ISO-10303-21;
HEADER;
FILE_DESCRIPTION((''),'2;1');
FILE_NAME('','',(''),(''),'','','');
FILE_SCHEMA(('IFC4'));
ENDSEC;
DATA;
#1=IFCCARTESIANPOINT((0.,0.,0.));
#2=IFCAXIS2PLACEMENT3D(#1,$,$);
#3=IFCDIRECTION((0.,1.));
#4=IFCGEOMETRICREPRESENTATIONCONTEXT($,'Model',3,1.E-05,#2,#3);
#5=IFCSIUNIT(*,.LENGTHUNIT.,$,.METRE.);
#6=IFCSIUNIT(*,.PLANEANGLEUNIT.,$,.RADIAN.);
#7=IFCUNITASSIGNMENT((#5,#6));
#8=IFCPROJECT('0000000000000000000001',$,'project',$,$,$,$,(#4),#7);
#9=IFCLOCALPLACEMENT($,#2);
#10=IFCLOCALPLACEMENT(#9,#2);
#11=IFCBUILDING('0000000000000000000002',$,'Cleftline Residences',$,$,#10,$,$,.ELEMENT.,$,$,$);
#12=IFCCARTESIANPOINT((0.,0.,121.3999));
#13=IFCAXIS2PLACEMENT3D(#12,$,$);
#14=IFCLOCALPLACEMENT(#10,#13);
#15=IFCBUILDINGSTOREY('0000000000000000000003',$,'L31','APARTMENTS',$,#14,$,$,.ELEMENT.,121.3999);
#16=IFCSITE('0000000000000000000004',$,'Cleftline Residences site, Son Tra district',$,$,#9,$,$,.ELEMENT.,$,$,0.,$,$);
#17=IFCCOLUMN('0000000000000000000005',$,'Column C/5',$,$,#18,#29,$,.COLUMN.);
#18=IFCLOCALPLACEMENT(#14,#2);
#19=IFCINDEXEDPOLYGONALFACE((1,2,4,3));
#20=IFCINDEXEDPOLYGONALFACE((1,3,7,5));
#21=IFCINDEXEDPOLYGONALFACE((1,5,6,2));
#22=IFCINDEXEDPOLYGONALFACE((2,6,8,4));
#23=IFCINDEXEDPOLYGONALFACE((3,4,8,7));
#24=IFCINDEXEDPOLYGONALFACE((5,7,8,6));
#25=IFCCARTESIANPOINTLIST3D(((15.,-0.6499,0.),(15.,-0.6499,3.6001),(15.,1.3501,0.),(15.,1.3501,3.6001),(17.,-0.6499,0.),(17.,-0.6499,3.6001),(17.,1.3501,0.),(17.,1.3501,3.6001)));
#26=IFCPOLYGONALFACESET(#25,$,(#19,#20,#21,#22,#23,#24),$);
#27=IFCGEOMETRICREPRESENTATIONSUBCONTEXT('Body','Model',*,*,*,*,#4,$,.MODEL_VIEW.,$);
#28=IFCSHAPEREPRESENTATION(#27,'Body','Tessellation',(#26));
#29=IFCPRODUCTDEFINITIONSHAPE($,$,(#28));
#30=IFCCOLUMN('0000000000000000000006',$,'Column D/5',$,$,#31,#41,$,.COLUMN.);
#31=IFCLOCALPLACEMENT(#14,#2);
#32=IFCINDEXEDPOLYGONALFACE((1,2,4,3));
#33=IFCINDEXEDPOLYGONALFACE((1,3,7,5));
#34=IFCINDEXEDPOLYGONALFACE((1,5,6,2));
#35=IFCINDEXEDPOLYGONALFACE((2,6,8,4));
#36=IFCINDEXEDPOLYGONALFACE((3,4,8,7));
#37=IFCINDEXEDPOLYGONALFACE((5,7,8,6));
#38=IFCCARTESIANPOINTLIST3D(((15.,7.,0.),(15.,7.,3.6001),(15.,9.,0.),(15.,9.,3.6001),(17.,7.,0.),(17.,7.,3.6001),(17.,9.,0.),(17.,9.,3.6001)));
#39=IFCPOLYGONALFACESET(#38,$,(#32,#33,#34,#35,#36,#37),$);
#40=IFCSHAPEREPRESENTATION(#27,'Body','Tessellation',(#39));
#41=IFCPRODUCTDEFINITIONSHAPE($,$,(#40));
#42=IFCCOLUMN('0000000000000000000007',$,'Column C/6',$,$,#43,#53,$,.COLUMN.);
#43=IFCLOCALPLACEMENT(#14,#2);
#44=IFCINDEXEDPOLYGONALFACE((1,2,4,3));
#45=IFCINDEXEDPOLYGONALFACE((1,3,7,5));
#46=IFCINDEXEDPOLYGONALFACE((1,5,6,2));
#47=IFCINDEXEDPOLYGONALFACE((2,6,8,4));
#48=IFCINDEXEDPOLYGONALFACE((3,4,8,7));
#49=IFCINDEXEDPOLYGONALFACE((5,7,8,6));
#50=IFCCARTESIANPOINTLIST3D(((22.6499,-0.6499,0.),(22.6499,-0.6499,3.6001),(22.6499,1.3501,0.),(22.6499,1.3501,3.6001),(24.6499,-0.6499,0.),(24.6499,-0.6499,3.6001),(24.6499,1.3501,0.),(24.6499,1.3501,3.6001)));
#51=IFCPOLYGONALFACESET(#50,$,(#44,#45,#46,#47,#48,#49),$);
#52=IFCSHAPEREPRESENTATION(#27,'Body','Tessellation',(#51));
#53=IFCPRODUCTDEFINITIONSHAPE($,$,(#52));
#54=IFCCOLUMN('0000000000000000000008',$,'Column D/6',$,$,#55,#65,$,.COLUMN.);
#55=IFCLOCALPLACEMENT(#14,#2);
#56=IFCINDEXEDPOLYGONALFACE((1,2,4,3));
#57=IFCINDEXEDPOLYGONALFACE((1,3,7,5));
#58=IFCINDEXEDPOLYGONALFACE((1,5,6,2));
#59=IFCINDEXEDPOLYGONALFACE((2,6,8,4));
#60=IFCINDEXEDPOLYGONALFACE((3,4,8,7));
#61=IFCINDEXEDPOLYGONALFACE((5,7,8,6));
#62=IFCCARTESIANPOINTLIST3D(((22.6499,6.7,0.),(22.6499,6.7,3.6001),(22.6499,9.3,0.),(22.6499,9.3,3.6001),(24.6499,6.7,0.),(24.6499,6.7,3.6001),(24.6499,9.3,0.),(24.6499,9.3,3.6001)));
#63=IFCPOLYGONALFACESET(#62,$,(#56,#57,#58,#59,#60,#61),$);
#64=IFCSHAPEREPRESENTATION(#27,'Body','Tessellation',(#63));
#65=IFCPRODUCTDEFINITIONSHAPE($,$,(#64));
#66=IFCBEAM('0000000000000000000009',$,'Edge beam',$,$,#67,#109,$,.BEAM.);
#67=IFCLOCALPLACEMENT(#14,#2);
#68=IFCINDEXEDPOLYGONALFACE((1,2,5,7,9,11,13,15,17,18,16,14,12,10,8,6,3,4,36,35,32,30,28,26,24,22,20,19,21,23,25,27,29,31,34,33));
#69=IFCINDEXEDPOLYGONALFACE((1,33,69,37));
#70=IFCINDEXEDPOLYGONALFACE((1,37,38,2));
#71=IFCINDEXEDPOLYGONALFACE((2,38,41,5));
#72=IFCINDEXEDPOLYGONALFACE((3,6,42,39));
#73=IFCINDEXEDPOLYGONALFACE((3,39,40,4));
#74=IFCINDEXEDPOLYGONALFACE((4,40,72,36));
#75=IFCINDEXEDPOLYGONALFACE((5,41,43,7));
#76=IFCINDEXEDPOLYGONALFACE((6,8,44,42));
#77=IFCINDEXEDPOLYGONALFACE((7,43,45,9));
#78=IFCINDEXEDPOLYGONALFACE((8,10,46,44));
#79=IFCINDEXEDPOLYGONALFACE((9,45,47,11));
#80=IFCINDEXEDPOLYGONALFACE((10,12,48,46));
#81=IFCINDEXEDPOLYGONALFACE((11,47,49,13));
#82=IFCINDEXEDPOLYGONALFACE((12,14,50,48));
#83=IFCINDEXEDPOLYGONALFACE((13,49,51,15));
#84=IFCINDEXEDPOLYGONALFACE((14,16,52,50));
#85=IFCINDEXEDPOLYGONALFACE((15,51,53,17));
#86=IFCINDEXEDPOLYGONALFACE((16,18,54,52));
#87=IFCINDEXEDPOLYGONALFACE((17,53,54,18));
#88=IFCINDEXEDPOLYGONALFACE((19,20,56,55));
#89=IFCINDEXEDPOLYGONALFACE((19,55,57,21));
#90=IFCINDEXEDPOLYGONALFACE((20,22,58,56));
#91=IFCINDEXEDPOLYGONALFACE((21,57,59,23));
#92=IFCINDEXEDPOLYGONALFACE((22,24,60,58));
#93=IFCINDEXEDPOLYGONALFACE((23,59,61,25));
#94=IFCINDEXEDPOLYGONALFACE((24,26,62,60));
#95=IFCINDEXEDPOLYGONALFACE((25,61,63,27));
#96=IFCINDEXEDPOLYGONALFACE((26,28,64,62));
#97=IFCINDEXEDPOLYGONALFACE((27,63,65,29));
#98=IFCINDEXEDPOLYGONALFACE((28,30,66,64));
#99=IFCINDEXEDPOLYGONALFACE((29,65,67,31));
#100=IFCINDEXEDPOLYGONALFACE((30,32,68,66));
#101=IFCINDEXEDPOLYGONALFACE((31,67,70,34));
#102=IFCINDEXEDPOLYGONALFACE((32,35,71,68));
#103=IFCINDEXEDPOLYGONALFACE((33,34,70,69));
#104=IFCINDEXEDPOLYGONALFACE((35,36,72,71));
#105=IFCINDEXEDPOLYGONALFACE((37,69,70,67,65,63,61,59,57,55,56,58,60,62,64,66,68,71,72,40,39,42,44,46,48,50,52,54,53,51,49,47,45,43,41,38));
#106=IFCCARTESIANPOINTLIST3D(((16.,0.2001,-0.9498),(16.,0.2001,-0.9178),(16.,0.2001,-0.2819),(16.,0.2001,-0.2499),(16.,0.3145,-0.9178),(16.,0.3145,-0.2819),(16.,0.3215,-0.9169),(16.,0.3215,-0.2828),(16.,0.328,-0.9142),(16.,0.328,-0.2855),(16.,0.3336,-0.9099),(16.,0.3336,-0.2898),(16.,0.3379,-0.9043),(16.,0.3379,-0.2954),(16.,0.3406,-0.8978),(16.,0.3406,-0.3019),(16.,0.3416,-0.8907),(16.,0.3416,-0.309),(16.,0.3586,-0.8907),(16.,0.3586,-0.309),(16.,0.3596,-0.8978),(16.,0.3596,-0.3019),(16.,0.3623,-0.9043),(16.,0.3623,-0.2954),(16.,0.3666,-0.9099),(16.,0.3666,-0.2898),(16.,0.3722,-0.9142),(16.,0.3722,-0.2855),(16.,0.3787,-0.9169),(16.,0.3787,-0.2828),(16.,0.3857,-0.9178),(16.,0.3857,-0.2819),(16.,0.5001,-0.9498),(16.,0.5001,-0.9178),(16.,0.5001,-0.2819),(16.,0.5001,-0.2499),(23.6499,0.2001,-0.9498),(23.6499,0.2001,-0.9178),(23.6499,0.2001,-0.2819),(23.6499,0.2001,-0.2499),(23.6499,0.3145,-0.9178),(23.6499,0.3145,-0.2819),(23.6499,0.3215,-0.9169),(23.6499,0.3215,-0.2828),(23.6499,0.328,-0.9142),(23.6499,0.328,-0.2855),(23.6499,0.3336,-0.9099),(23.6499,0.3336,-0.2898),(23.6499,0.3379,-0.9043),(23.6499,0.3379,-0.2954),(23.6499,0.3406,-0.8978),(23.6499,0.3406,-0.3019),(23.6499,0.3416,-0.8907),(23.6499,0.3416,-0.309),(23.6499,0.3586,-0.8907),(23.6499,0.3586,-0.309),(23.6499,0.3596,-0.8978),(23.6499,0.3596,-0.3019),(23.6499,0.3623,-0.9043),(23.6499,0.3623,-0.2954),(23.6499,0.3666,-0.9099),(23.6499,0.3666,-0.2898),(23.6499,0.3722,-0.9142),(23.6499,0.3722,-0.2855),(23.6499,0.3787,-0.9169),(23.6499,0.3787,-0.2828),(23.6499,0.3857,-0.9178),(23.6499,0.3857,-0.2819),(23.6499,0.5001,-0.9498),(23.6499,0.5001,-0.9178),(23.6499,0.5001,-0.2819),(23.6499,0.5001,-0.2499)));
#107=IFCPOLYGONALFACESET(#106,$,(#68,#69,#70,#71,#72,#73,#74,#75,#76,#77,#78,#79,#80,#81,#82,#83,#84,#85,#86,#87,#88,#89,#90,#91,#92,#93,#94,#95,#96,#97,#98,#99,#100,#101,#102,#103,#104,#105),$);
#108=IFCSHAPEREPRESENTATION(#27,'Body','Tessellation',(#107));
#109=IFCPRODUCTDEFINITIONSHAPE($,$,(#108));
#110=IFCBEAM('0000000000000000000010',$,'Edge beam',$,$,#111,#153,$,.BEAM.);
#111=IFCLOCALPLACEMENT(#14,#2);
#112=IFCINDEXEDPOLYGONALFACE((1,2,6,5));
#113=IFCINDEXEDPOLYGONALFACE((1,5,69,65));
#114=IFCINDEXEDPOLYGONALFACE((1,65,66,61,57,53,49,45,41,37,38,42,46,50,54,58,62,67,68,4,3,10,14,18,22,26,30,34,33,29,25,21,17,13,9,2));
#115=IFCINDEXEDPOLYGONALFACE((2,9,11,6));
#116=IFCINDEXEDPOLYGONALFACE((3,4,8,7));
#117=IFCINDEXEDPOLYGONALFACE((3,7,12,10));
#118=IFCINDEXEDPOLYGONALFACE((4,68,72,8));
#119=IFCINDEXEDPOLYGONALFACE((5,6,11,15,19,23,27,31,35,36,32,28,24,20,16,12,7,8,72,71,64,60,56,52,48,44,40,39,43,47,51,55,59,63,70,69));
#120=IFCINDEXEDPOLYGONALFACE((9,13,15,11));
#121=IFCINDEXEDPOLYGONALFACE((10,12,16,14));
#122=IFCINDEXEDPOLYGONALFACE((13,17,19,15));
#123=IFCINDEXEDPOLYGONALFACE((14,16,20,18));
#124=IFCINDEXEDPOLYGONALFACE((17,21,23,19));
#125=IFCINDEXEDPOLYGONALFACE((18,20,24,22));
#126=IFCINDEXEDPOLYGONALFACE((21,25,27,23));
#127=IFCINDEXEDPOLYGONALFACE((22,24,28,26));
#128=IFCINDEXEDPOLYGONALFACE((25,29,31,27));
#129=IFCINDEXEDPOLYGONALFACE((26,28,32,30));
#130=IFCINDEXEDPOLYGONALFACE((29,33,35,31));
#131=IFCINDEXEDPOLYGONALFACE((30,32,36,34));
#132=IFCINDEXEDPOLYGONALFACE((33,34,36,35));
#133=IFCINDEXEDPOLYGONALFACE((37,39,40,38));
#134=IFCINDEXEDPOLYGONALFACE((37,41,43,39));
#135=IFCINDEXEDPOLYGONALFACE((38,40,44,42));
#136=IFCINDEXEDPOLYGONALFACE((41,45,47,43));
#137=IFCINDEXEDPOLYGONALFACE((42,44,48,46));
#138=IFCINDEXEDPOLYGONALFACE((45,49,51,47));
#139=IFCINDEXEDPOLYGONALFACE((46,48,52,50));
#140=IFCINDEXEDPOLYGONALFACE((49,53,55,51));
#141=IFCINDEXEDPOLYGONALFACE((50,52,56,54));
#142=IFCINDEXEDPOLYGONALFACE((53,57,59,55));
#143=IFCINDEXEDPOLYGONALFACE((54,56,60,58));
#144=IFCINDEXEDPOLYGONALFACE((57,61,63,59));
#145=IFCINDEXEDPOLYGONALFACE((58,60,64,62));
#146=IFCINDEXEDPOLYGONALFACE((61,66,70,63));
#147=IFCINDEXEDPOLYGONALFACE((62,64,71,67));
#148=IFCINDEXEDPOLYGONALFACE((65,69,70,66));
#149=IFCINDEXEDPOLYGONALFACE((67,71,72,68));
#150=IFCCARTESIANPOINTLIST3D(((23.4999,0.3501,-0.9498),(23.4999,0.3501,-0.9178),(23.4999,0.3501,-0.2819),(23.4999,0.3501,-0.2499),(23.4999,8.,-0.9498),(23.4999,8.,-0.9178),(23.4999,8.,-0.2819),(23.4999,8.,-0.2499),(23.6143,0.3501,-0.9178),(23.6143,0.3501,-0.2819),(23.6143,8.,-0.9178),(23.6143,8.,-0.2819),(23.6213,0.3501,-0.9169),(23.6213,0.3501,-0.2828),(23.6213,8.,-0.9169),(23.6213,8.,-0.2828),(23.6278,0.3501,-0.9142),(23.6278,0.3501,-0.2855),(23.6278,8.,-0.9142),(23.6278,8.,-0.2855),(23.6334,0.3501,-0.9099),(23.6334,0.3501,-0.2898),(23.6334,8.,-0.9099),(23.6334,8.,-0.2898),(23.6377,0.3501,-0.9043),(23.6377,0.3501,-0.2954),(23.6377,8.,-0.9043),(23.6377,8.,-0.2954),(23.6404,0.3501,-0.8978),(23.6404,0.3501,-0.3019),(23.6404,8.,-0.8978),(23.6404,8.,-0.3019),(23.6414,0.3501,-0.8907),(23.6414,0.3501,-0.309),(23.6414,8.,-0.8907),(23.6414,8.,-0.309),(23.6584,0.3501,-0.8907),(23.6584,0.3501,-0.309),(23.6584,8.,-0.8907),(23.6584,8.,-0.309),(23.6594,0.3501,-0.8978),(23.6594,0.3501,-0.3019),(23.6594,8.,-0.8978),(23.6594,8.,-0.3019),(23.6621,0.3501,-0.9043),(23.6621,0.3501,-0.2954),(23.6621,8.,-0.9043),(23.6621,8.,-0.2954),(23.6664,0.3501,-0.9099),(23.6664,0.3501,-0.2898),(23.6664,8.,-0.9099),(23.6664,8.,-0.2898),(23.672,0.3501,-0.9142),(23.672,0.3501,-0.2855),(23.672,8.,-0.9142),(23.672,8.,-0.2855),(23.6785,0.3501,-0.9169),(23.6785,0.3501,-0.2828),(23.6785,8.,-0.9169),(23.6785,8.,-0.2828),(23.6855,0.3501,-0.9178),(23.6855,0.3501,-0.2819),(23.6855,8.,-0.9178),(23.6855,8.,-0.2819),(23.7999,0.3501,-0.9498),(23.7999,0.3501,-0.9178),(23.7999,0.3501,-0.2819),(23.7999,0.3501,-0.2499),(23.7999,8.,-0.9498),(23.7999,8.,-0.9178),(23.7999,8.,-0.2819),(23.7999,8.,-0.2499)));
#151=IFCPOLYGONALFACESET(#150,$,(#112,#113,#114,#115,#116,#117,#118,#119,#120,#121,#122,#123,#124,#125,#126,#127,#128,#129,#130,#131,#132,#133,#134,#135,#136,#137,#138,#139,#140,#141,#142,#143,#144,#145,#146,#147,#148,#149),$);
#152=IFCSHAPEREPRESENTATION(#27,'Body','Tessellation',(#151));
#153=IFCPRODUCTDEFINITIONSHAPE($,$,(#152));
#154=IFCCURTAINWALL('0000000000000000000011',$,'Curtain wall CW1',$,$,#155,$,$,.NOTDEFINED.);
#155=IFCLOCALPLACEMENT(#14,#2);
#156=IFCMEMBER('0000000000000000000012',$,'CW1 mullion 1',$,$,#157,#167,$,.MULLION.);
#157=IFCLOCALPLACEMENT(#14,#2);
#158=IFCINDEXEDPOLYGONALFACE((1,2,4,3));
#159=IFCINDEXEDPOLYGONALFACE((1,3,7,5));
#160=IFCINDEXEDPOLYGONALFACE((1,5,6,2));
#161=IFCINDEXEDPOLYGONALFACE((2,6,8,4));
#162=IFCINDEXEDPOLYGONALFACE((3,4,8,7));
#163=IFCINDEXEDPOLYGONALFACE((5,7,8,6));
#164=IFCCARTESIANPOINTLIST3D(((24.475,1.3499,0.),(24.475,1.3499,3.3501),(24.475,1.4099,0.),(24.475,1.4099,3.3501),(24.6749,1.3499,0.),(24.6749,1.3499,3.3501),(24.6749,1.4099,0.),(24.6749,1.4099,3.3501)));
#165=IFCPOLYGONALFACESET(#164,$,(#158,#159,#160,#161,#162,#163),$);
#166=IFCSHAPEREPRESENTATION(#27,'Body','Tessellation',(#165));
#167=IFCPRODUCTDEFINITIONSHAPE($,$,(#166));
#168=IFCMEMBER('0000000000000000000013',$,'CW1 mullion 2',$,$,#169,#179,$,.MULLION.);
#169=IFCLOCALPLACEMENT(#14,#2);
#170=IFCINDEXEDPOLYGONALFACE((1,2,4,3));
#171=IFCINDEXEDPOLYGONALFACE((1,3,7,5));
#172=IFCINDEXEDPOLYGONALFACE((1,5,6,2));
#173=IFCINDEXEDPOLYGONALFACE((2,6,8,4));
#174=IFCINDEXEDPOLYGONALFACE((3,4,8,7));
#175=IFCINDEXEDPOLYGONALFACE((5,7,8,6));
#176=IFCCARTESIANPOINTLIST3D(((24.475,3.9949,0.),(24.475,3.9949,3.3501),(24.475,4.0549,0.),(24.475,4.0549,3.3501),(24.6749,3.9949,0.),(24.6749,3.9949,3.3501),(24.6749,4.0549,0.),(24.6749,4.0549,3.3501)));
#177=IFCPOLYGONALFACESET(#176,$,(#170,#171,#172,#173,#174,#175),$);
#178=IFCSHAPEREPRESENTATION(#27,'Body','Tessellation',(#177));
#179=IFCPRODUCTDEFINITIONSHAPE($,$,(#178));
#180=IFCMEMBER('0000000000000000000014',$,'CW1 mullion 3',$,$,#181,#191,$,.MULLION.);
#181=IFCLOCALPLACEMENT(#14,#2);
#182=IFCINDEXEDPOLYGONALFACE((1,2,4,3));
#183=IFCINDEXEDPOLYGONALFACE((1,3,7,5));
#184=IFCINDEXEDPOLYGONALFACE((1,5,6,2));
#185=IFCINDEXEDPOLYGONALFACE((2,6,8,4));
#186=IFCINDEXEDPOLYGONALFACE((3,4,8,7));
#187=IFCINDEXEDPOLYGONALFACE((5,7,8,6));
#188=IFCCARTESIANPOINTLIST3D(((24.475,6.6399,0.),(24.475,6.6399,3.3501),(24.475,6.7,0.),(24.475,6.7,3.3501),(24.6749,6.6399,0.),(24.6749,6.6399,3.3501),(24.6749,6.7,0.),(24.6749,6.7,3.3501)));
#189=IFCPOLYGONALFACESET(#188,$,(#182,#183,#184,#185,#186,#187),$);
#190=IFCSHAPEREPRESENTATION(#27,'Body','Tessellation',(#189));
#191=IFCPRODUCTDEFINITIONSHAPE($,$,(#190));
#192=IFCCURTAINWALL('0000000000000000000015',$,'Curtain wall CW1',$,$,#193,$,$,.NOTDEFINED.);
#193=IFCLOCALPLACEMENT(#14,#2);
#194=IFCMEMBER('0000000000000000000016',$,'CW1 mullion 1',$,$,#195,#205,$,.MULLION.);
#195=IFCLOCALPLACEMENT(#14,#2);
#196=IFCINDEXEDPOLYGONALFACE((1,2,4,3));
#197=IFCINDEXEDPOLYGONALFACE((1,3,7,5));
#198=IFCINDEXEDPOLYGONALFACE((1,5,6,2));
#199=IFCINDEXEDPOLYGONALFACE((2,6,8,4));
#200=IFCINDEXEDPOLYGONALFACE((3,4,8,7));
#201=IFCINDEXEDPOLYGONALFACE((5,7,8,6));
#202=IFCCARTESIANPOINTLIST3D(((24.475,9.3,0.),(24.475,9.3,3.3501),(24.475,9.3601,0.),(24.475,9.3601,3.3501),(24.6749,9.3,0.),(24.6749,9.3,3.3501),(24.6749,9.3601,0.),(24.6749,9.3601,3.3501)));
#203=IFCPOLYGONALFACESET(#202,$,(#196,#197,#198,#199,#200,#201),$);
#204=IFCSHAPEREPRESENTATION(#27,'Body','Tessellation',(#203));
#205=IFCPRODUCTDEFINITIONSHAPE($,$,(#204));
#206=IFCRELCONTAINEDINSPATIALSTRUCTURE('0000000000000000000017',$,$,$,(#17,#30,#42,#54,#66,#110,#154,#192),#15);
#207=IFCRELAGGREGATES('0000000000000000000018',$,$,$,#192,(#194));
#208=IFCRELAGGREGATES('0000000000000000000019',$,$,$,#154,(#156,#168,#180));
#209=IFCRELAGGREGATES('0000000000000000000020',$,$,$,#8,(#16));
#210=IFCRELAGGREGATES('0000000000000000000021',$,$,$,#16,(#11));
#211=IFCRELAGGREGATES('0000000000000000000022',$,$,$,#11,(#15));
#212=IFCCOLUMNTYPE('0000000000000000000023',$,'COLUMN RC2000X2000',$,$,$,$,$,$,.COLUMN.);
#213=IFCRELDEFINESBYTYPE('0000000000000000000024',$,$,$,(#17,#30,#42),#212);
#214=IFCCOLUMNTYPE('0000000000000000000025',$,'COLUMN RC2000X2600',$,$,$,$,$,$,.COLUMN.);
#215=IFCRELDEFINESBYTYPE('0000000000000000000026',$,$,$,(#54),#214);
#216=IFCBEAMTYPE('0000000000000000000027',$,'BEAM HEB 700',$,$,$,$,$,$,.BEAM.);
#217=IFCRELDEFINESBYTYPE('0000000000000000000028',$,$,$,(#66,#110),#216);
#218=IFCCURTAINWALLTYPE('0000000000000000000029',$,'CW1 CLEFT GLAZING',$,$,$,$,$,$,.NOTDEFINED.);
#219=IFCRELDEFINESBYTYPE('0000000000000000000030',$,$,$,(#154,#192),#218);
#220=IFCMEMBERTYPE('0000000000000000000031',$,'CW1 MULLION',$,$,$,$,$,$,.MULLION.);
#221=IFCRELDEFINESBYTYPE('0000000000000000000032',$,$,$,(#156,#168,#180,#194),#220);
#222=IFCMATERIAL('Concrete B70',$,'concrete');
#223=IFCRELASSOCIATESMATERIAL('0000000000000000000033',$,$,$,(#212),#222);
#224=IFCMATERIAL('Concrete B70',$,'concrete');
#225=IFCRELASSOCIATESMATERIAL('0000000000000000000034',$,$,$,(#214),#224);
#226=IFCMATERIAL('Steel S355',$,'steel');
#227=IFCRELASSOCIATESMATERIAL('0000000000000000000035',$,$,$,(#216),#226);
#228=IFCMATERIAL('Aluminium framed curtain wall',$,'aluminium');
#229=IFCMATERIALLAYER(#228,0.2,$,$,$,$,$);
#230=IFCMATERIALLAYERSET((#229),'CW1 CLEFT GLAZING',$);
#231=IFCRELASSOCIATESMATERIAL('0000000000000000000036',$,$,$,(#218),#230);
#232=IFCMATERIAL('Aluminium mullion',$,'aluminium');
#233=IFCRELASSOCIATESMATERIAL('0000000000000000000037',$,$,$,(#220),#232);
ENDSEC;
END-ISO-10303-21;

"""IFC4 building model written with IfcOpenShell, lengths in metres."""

from ifc_helpers import new_model, si_unit, direction, frame, origin, origin_2d, place, context, subcontext, project, spatial, rectangle, i_section, extrude, material, layer, layer_set, material_profile, profile_set, type_object, element, aggregate, save


model = new_model("IFC4")

# Units and contexts
model_context = context("Model", 3, precision=1e-05, world=origin(), true_north=direction((0.0, 1.0)))
body_context = subcontext(model_context, "Body", "Model", "MODEL_VIEW")
ifc_project = project(units=[si_unit("LENGTHUNIT", "METRE"), si_unit("PLANEANGLEUNIT", "RADIAN")], contexts=[model_context])

# Site, building, storey
site_placement = place(None, origin())
site = spatial("IfcSite", under=ifc_project, at=site_placement, Name="Cleftline Residences site, Son Tra district", CompositionType="ELEMENT", RefElevation=0.0)
building_placement = place(site_placement, origin())
building = spatial("IfcBuilding", under=site, at=building_placement, Name="Cleftline Residences", CompositionType="ELEMENT")
storey_placement = place(building_placement, frame((0.0, 0.0, 121.3999)))
storey = spatial("IfcBuildingStorey", under=building, at=storey_placement, Name="L31", Description="APARTMENTS", CompositionType="ELEMENT", Elevation=121.3999)

# Columns
ifc_material_1 = material(Name="Concrete B70", Category="concrete")
ifc_material_profile_1 = material_profile(ifc_material_1, rectangle(XDim=2.0, YDim=2.0, at=origin_2d()))
ifc_profile_set_1 = profile_set([ifc_material_profile_1], Name="Concrete B70")
column_type_1 = type_object("IfcColumnType", Name="COLUMN RC2000X2000", PredefinedType="COLUMN", material=ifc_profile_set_1)
for number, where, z_axis, x_axis, name in (
    (1, (16.0, 0.3501, 0.0), (0.0, 0.0, 1.0), (1.0, 0.0, 0.0), "Column C/5"),
    (2, (16.0, 8.0, 0.0), (0.0, 0.0, 1.0), (1.0, 0.0, 0.0), "Column D/5"),
    (3, (23.6499, 0.3501, 0.0), (0.0, 0.0, 1.0), (1.0, 0.0, 0.0), "Column C/6"),
):
    element("IfcColumn", number, at=place(storey_placement, frame(where, z_axis=z_axis, x_axis=x_axis)), inside=storey, type_object=column_type_1, Name=name, PredefinedType="COLUMN", context=body_context, shape_type="SweptSolid", body=[
        extrude(rectangle(XDim=2.0, YDim=2.0, at=origin_2d()), origin(), (0.0, 0.0, 1.0), 3.6001),
    ])
ifc_material_2 = material(Name="Concrete B70", Category="concrete")
ifc_material_profile_2 = material_profile(ifc_material_2, rectangle(XDim=2.0, YDim=2.6001, at=origin_2d()))
ifc_profile_set_2 = profile_set([ifc_material_profile_2], Name="Concrete B70")
column_type_2 = type_object("IfcColumnType", Name="COLUMN RC2000X2600", PredefinedType="COLUMN", material=ifc_profile_set_2)
column_placement = place(storey_placement, frame((23.6499, 8.0, 0.0), z_axis=(0.0, 0.0, 1.0), x_axis=(1.0, 0.0, 0.0)))
element("IfcColumn", 4, at=column_placement, inside=storey, type_object=column_type_2, Name="Column D/6", PredefinedType="COLUMN", context=body_context, shape_type="SweptSolid", body=[
    extrude(rectangle(XDim=2.0, YDim=2.6001, at=origin_2d()), origin(), (0.0, 0.0, 1.0), 3.6001),
])

# Beams
ifc_material_3 = material(Name="Steel S355", Category="steel")
ifc_material_profile_3 = material_profile(ifc_material_3, i_section(OverallWidth=0.3, OverallDepth=0.7, WebThickness=0.0171, FlangeThickness=0.032, FilletRadius=0.0271, at=origin_2d()))
ifc_profile_set_3 = profile_set([ifc_material_profile_3], Name="Steel S355")
beam_type = type_object("IfcBeamType", Name="BEAM HEB 700", PredefinedType="BEAM", material=ifc_profile_set_3)
for number, where, z_axis, x_axis, name in (
    (5, (16.0, 0.3501, -0.5999), (1.0, 0.0, 0.0), (0.0, 1.0, 0.0), "Edge beam"),
    (6, (23.6499, 0.3501, -0.5999), (0.0, 1.0, 0.0), (-1.0, 0.0, 0.0), "Edge beam"),
):
    element("IfcBeam", number, at=place(storey_placement, frame(where, z_axis=z_axis, x_axis=x_axis)), inside=storey, type_object=beam_type, Name=name, PredefinedType="BEAM", context=body_context, shape_type="SweptSolid", body=[
        extrude(i_section(OverallWidth=0.3, OverallDepth=0.7, WebThickness=0.0171, FlangeThickness=0.032, FilletRadius=0.0271, at=origin_2d()), origin(), (0.0, 0.0, 1.0), 7.6499),
    ])

# Curtain wall, members
ifc_material_4 = material(Name="Aluminium framed curtain wall", Category="aluminium")
ifc_layer_1 = layer(ifc_material_4, 0.2)
ifc_layer_set_1 = layer_set([ifc_layer_1], Name="CW1 CLEFT GLAZING")
curtain_wall_type = type_object("IfcCurtainWallType", Name="CW1 CLEFT GLAZING", PredefinedType="NOTDEFINED", material=ifc_layer_set_1)
curtain_wall_1_placement = place(storey_placement, origin())
curtain_wall_1 = element("IfcCurtainWall", 7, at=curtain_wall_1_placement, inside=storey, type_object=curtain_wall_type, Name="Curtain wall CW1", PredefinedType="NOTDEFINED")
ifc_material_5 = material(Name="Aluminium mullion", Category="aluminium")
ifc_material_profile_4 = material_profile(ifc_material_5, rectangle(XDim=0.2, YDim=0.0601, at=origin_2d()))
ifc_profile_set_4 = profile_set([ifc_material_profile_4], Name="Aluminium mullion")
member_type_1 = type_object("IfcMemberType", Name="CW1 MULLION", PredefinedType="MULLION", material=ifc_profile_set_4)
member_1_placement = place(storey_placement, frame((24.575, 1.3799, 0.0), z_axis=(0.0, 0.0, 1.0), x_axis=(-1.0, 0.0, 0.0)))
member_1 = element("IfcMember", 8, at=member_1_placement, type_object=member_type_1, Name="CW1 mullion 1", PredefinedType="MULLION", context=body_context, shape_type="SweptSolid", body=[
    extrude(rectangle(XDim=0.2, YDim=0.0601, at=origin_2d()), origin(), (0.0, 0.0, 1.0), 3.3501),
])
member_2_placement = place(storey_placement, frame((24.575, 4.0249, 0.0), z_axis=(0.0, 0.0, 1.0), x_axis=(-1.0, 0.0, 0.0)))
member_2 = element("IfcMember", 9, at=member_2_placement, type_object=member_type_1, Name="CW1 mullion 2", PredefinedType="MULLION", context=body_context, shape_type="SweptSolid", body=[
    extrude(rectangle(XDim=0.2, YDim=0.0601, at=origin_2d()), origin(), (0.0, 0.0, 1.0), 3.3501),
])
member_3_placement = place(storey_placement, frame((24.575, 6.6699, 0.0), z_axis=(0.0, 0.0, 1.0), x_axis=(-1.0, 0.0, 0.0)))
member_3 = element("IfcMember", 10, at=member_3_placement, type_object=member_type_1, Name="CW1 mullion 3", PredefinedType="MULLION", context=body_context, shape_type="SweptSolid", body=[
    extrude(rectangle(XDim=0.2, YDim=0.0601, at=origin_2d()), origin(), (0.0, 0.0, 1.0), 3.3501),
])

# Curtain wall, member
curtain_wall_2_placement = place(storey_placement, origin())
curtain_wall_2 = element("IfcCurtainWall", 11, at=curtain_wall_2_placement, inside=storey, type_object=curtain_wall_type, Name="Curtain wall CW1", PredefinedType="NOTDEFINED")
member_4_placement = place(storey_placement, frame((24.575, 9.3301, 0.0), z_axis=(0.0, 0.0, 1.0), x_axis=(-1.0, 0.0, 0.0)))
member_4 = element("IfcMember", 12, at=member_4_placement, type_object=member_type_1, Name="CW1 mullion 1", PredefinedType="MULLION", context=body_context, shape_type="SweptSolid", body=[
    extrude(rectangle(XDim=0.2, YDim=0.0601, at=origin_2d()), origin(), (0.0, 0.0, 1.0), 3.3501),
])

aggregate(curtain_wall_2, [member_4])

aggregate(curtain_wall_1, [member_1, member_2, member_3])

save(model, "model.ifc")
